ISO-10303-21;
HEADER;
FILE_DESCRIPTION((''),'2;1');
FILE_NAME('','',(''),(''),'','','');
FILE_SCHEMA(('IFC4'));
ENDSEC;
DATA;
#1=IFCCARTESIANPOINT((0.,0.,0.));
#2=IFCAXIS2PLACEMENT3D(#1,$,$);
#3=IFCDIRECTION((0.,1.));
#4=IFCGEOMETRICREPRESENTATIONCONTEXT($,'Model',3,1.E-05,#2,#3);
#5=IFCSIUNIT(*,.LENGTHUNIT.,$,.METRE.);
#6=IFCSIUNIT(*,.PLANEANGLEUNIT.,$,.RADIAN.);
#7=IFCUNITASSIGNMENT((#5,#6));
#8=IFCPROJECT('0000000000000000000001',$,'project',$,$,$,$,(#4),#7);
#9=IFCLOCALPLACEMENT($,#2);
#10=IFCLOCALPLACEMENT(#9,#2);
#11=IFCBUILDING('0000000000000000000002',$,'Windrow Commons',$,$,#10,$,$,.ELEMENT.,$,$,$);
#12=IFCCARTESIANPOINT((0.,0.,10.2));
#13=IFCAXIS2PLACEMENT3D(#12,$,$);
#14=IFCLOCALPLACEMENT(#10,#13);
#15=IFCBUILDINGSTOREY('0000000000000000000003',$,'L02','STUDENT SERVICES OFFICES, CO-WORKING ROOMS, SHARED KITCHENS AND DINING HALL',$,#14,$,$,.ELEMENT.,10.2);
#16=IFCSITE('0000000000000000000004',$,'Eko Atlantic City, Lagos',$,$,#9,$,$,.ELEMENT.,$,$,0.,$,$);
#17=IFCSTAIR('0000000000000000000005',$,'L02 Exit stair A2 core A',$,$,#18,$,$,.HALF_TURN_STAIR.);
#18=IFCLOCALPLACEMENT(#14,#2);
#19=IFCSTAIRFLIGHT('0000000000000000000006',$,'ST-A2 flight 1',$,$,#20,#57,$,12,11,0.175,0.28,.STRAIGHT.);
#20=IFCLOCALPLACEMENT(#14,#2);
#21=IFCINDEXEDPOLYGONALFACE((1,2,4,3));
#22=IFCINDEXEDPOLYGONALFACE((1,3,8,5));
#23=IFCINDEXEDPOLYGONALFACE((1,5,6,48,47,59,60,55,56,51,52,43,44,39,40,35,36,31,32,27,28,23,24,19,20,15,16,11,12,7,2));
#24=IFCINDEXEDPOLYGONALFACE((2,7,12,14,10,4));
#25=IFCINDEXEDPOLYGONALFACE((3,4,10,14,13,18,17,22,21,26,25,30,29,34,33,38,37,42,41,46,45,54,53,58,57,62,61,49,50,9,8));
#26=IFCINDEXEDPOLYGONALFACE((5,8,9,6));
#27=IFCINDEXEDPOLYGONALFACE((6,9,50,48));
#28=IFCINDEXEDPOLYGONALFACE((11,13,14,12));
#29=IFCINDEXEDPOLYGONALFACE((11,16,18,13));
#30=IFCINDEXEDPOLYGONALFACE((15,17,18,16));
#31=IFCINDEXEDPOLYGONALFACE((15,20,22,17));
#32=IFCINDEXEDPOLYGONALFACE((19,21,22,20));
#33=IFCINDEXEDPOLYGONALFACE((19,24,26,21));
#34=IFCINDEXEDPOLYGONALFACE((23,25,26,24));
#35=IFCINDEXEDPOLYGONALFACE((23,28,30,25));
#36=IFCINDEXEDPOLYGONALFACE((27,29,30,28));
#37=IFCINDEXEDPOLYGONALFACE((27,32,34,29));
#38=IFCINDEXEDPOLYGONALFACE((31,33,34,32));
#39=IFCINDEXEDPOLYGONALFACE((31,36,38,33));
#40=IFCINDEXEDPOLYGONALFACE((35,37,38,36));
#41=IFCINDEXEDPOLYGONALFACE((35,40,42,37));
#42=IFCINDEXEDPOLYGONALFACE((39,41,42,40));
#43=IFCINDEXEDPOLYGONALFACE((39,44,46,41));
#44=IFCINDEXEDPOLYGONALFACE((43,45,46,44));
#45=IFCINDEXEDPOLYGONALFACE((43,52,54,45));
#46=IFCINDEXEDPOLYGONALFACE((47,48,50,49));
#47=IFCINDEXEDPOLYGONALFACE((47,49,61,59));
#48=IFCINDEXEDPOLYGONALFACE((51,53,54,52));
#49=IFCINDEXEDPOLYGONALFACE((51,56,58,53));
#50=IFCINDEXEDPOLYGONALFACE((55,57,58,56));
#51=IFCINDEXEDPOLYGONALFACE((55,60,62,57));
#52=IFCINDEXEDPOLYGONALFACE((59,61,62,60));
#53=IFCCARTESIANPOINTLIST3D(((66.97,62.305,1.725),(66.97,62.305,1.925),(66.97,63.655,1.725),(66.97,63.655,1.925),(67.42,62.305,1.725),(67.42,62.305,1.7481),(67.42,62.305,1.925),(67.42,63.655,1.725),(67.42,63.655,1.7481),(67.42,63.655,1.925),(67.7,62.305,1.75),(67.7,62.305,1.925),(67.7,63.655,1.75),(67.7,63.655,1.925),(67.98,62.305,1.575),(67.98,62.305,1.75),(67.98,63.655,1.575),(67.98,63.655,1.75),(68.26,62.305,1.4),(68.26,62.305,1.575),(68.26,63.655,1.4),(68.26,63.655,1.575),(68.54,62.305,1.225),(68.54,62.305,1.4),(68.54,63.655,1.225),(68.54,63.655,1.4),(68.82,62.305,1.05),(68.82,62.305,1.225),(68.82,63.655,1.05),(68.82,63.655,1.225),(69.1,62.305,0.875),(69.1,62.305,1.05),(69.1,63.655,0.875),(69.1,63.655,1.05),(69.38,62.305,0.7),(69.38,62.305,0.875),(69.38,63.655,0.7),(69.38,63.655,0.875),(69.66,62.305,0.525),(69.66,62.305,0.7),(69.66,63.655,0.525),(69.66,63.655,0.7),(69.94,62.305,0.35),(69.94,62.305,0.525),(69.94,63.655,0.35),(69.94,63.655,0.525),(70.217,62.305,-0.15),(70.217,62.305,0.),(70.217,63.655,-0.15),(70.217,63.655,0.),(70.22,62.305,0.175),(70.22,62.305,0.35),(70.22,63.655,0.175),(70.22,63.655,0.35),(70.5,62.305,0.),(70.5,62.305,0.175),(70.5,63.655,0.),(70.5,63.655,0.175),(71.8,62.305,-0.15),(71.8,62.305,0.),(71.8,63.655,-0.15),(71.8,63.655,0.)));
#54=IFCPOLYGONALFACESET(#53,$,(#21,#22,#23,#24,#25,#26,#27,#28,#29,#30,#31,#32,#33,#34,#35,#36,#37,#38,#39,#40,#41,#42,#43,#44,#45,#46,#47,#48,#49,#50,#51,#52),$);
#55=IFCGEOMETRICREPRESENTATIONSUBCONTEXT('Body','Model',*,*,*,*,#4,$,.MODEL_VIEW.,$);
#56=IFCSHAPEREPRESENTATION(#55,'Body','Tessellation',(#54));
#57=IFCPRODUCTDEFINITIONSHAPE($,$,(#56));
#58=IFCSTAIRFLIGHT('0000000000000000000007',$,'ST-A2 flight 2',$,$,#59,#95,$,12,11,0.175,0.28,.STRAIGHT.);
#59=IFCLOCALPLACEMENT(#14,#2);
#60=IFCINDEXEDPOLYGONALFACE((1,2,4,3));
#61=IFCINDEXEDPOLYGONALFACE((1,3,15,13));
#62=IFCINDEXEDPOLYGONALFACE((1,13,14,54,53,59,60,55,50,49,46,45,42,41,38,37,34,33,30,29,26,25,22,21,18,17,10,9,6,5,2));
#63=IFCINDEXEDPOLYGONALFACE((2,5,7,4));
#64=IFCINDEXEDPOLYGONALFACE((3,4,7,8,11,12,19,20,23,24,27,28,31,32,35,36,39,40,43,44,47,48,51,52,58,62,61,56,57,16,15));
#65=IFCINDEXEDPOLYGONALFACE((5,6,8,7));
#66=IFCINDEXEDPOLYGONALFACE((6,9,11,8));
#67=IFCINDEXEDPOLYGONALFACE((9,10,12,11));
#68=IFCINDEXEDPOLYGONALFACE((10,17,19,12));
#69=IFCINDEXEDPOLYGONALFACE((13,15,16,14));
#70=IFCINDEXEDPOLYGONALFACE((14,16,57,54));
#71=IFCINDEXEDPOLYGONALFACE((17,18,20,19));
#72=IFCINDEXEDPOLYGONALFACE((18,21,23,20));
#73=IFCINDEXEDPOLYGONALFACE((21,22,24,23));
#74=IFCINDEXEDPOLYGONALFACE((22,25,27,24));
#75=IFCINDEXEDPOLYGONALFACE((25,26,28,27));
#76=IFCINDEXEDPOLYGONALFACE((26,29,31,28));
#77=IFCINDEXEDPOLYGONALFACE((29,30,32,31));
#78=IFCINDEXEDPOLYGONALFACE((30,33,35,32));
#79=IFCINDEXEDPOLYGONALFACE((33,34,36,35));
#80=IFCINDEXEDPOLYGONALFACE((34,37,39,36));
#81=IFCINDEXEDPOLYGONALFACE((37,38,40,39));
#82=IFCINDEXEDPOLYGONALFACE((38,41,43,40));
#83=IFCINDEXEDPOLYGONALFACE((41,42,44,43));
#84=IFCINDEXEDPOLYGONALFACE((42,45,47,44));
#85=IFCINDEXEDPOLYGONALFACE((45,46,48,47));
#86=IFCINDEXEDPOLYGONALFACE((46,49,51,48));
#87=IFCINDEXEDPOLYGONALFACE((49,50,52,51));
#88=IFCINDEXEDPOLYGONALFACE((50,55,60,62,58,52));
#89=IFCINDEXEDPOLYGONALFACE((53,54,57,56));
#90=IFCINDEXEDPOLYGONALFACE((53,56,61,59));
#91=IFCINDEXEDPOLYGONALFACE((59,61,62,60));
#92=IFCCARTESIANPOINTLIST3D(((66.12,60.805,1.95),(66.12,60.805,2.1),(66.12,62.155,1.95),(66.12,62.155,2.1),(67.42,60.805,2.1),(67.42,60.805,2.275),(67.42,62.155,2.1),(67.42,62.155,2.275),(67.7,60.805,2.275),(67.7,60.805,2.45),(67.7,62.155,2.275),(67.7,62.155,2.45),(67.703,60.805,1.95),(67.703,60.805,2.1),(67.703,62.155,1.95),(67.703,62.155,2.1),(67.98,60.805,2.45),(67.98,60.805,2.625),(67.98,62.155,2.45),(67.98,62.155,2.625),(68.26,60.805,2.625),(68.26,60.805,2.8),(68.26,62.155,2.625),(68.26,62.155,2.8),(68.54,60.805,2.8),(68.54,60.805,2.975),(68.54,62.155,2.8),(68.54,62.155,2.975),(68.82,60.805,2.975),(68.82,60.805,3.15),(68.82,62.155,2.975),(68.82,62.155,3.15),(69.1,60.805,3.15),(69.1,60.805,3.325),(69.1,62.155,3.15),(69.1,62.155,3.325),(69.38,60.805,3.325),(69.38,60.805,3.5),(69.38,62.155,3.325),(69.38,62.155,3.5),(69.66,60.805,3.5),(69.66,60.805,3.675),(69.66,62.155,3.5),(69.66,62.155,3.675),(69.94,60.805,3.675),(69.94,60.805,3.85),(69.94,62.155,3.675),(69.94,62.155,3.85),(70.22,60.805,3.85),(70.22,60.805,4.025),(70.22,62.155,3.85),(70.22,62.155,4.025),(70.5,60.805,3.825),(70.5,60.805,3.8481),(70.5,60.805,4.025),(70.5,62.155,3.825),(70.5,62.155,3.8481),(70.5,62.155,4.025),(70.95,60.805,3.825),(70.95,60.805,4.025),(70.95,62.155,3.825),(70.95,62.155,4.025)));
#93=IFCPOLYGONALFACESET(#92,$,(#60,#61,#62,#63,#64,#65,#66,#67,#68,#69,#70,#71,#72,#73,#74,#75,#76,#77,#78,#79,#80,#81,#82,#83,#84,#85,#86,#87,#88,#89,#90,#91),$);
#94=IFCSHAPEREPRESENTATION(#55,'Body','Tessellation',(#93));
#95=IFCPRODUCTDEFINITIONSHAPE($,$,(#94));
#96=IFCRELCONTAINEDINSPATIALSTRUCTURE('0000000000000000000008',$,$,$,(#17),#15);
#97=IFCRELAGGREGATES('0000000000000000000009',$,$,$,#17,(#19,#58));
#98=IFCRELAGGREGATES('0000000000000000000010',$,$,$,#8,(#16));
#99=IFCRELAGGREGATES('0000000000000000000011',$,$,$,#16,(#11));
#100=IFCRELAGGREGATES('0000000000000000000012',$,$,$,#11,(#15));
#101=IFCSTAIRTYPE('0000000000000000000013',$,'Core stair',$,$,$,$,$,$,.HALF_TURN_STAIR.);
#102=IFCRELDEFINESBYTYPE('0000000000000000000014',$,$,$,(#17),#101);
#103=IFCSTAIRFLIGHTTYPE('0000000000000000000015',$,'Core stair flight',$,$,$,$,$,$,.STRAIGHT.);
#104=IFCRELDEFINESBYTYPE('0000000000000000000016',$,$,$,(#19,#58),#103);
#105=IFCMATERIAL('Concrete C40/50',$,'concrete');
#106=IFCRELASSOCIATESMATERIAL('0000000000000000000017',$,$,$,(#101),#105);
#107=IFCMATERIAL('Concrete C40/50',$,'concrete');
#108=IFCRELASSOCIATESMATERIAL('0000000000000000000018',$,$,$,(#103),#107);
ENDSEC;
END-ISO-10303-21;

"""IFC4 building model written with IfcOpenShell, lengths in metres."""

from ifc_helpers import new_model, si_unit, direction, frame, origin, place, context, subcontext, project, spatial, polyline, outline, extrude, material, type_object, element, aggregate, save


model = new_model("IFC4")

# Units and contexts
model_context = context("Model", 3, precision=1e-05, world=origin(), true_north=direction((0.0, 1.0)))
body_context = subcontext(model_context, "Body", "Model", "MODEL_VIEW")
ifc_project = project(units=[si_unit("LENGTHUNIT", "METRE"), si_unit("PLANEANGLEUNIT", "RADIAN")], contexts=[model_context])

# Site, building, storey
site_placement = place(None, origin())
site = spatial("IfcSite", under=ifc_project, at=site_placement, Name="Eko Atlantic City, Lagos", CompositionType="ELEMENT", RefElevation=0.0)
building_placement = place(site_placement, origin())
building = spatial("IfcBuilding", under=site, at=building_placement, Name="Windrow Commons", CompositionType="ELEMENT")
storey_placement = place(building_placement, frame((0.0, 0.0, 10.2)))
storey = spatial("IfcBuildingStorey", under=building, at=storey_placement, Name="L02", Description="STUDENT SERVICES OFFICES, CO-WORKING ROOMS, SHARED KITCHENS AND DINING HALL", CompositionType="ELEMENT", Elevation=10.2)

# Stair, stair flights
ifc_material_1 = material(Name="Concrete C40/50", Category="concrete")
stair_type = type_object("IfcStairType", Name="Core stair", PredefinedType="HALF_TURN_STAIR", material=ifc_material_1)
stair_placement = place(storey_placement, origin())
stair = element("IfcStair", 1, at=stair_placement, inside=storey, type_object=stair_type, Name="L02 Exit stair A2 core A", PredefinedType="HALF_TURN_STAIR")
ifc_material_2 = material(Name="Concrete C40/50", Category="concrete")
stair_flight_type = type_object("IfcStairFlightType", Name="Core stair flight", PredefinedType="STRAIGHT", material=ifc_material_2)
stair_flight_1_placement = place(storey_placement, frame((70.5, 62.98, 0.0), z_axis=(0.0, 0.0, 1.0), x_axis=(-1.0, 0.0, 0.0)))
stair_flight_1 = element("IfcStairFlight", 2, at=stair_flight_1_placement, type_object=stair_flight_type, Name="ST-A2 flight 1", NumberOfRisers=12, NumberOfTreads=11, PredefinedType="STRAIGHT", RiserHeight=0.175, TreadLength=0.28, context=body_context, shape_type="SweptSolid", body=[
    extrude(outline(polyline([(-1.3, -0.15), (-1.3, 0.0), (0.0, 0.0), (0.0, 0.175), (0.28, 0.175), (0.28, 0.35), (0.56, 0.35), (0.56, 0.525), (0.84, 0.525), (0.84, 0.7), (1.12, 0.7), (1.12, 0.875), (1.4, 0.875), (1.4, 1.05), (1.68, 1.05), (1.68, 1.225), (1.96, 1.225), (1.96, 1.4), (2.24, 1.4), (2.24, 1.575), (2.52, 1.575), (2.52, 1.75), (2.8, 1.75), (2.8, 1.925), (3.08, 1.925), (3.53, 1.925), (3.53, 1.725), (3.08, 1.725), (3.08, 1.7481), (0.283, 0.0), (0.283, -0.15), (-1.3, -0.15)])), frame((0.0, 0.675, 0.0), z_axis=(0.0, -1.0, 0.0), x_axis=(1.0, 0.0, 0.0)), (0.0, 0.0, 1.0), 1.35),
])
stair_flight_2_placement = place(storey_placement, frame((67.42, 61.48, 2.1), z_axis=(0.0, 0.0, 1.0), x_axis=(1.0, 0.0, 0.0)))
stair_flight_2 = element("IfcStairFlight", 3, at=stair_flight_2_placement, type_object=stair_flight_type, Name="ST-A2 flight 2", NumberOfRisers=12, NumberOfTreads=11, PredefinedType="STRAIGHT", RiserHeight=0.175, TreadLength=0.28, context=body_context, shape_type="SweptSolid", body=[
    extrude(outline(polyline([(-1.3, -0.15), (-1.3, 0.0), (0.0, 0.0), (0.0, 0.175), (0.28, 0.175), (0.28, 0.35), (0.56, 0.35), (0.56, 0.525), (0.84, 0.525), (0.84, 0.7), (1.12, 0.7), (1.12, 0.875), (1.4, 0.875), (1.4, 1.05), (1.68, 1.05), (1.68, 1.225), (1.96, 1.225), (1.96, 1.4), (2.24, 1.4), (2.24, 1.575), (2.52, 1.575), (2.52, 1.75), (2.8, 1.75), (2.8, 1.925), (3.08, 1.925), (3.53, 1.925), (3.53, 1.725), (3.08, 1.725), (3.08, 1.7481), (0.283, 0.0), (0.283, -0.15), (-1.3, -0.15)])), frame((0.0, 0.675, 0.0), z_axis=(0.0, -1.0, 0.0), x_axis=(1.0, 0.0, 0.0)), (0.0, 0.0, 1.0), 1.35),
])
aggregate(stair, [stair_flight_1, stair_flight_2])

save(model, "model.ifc")
